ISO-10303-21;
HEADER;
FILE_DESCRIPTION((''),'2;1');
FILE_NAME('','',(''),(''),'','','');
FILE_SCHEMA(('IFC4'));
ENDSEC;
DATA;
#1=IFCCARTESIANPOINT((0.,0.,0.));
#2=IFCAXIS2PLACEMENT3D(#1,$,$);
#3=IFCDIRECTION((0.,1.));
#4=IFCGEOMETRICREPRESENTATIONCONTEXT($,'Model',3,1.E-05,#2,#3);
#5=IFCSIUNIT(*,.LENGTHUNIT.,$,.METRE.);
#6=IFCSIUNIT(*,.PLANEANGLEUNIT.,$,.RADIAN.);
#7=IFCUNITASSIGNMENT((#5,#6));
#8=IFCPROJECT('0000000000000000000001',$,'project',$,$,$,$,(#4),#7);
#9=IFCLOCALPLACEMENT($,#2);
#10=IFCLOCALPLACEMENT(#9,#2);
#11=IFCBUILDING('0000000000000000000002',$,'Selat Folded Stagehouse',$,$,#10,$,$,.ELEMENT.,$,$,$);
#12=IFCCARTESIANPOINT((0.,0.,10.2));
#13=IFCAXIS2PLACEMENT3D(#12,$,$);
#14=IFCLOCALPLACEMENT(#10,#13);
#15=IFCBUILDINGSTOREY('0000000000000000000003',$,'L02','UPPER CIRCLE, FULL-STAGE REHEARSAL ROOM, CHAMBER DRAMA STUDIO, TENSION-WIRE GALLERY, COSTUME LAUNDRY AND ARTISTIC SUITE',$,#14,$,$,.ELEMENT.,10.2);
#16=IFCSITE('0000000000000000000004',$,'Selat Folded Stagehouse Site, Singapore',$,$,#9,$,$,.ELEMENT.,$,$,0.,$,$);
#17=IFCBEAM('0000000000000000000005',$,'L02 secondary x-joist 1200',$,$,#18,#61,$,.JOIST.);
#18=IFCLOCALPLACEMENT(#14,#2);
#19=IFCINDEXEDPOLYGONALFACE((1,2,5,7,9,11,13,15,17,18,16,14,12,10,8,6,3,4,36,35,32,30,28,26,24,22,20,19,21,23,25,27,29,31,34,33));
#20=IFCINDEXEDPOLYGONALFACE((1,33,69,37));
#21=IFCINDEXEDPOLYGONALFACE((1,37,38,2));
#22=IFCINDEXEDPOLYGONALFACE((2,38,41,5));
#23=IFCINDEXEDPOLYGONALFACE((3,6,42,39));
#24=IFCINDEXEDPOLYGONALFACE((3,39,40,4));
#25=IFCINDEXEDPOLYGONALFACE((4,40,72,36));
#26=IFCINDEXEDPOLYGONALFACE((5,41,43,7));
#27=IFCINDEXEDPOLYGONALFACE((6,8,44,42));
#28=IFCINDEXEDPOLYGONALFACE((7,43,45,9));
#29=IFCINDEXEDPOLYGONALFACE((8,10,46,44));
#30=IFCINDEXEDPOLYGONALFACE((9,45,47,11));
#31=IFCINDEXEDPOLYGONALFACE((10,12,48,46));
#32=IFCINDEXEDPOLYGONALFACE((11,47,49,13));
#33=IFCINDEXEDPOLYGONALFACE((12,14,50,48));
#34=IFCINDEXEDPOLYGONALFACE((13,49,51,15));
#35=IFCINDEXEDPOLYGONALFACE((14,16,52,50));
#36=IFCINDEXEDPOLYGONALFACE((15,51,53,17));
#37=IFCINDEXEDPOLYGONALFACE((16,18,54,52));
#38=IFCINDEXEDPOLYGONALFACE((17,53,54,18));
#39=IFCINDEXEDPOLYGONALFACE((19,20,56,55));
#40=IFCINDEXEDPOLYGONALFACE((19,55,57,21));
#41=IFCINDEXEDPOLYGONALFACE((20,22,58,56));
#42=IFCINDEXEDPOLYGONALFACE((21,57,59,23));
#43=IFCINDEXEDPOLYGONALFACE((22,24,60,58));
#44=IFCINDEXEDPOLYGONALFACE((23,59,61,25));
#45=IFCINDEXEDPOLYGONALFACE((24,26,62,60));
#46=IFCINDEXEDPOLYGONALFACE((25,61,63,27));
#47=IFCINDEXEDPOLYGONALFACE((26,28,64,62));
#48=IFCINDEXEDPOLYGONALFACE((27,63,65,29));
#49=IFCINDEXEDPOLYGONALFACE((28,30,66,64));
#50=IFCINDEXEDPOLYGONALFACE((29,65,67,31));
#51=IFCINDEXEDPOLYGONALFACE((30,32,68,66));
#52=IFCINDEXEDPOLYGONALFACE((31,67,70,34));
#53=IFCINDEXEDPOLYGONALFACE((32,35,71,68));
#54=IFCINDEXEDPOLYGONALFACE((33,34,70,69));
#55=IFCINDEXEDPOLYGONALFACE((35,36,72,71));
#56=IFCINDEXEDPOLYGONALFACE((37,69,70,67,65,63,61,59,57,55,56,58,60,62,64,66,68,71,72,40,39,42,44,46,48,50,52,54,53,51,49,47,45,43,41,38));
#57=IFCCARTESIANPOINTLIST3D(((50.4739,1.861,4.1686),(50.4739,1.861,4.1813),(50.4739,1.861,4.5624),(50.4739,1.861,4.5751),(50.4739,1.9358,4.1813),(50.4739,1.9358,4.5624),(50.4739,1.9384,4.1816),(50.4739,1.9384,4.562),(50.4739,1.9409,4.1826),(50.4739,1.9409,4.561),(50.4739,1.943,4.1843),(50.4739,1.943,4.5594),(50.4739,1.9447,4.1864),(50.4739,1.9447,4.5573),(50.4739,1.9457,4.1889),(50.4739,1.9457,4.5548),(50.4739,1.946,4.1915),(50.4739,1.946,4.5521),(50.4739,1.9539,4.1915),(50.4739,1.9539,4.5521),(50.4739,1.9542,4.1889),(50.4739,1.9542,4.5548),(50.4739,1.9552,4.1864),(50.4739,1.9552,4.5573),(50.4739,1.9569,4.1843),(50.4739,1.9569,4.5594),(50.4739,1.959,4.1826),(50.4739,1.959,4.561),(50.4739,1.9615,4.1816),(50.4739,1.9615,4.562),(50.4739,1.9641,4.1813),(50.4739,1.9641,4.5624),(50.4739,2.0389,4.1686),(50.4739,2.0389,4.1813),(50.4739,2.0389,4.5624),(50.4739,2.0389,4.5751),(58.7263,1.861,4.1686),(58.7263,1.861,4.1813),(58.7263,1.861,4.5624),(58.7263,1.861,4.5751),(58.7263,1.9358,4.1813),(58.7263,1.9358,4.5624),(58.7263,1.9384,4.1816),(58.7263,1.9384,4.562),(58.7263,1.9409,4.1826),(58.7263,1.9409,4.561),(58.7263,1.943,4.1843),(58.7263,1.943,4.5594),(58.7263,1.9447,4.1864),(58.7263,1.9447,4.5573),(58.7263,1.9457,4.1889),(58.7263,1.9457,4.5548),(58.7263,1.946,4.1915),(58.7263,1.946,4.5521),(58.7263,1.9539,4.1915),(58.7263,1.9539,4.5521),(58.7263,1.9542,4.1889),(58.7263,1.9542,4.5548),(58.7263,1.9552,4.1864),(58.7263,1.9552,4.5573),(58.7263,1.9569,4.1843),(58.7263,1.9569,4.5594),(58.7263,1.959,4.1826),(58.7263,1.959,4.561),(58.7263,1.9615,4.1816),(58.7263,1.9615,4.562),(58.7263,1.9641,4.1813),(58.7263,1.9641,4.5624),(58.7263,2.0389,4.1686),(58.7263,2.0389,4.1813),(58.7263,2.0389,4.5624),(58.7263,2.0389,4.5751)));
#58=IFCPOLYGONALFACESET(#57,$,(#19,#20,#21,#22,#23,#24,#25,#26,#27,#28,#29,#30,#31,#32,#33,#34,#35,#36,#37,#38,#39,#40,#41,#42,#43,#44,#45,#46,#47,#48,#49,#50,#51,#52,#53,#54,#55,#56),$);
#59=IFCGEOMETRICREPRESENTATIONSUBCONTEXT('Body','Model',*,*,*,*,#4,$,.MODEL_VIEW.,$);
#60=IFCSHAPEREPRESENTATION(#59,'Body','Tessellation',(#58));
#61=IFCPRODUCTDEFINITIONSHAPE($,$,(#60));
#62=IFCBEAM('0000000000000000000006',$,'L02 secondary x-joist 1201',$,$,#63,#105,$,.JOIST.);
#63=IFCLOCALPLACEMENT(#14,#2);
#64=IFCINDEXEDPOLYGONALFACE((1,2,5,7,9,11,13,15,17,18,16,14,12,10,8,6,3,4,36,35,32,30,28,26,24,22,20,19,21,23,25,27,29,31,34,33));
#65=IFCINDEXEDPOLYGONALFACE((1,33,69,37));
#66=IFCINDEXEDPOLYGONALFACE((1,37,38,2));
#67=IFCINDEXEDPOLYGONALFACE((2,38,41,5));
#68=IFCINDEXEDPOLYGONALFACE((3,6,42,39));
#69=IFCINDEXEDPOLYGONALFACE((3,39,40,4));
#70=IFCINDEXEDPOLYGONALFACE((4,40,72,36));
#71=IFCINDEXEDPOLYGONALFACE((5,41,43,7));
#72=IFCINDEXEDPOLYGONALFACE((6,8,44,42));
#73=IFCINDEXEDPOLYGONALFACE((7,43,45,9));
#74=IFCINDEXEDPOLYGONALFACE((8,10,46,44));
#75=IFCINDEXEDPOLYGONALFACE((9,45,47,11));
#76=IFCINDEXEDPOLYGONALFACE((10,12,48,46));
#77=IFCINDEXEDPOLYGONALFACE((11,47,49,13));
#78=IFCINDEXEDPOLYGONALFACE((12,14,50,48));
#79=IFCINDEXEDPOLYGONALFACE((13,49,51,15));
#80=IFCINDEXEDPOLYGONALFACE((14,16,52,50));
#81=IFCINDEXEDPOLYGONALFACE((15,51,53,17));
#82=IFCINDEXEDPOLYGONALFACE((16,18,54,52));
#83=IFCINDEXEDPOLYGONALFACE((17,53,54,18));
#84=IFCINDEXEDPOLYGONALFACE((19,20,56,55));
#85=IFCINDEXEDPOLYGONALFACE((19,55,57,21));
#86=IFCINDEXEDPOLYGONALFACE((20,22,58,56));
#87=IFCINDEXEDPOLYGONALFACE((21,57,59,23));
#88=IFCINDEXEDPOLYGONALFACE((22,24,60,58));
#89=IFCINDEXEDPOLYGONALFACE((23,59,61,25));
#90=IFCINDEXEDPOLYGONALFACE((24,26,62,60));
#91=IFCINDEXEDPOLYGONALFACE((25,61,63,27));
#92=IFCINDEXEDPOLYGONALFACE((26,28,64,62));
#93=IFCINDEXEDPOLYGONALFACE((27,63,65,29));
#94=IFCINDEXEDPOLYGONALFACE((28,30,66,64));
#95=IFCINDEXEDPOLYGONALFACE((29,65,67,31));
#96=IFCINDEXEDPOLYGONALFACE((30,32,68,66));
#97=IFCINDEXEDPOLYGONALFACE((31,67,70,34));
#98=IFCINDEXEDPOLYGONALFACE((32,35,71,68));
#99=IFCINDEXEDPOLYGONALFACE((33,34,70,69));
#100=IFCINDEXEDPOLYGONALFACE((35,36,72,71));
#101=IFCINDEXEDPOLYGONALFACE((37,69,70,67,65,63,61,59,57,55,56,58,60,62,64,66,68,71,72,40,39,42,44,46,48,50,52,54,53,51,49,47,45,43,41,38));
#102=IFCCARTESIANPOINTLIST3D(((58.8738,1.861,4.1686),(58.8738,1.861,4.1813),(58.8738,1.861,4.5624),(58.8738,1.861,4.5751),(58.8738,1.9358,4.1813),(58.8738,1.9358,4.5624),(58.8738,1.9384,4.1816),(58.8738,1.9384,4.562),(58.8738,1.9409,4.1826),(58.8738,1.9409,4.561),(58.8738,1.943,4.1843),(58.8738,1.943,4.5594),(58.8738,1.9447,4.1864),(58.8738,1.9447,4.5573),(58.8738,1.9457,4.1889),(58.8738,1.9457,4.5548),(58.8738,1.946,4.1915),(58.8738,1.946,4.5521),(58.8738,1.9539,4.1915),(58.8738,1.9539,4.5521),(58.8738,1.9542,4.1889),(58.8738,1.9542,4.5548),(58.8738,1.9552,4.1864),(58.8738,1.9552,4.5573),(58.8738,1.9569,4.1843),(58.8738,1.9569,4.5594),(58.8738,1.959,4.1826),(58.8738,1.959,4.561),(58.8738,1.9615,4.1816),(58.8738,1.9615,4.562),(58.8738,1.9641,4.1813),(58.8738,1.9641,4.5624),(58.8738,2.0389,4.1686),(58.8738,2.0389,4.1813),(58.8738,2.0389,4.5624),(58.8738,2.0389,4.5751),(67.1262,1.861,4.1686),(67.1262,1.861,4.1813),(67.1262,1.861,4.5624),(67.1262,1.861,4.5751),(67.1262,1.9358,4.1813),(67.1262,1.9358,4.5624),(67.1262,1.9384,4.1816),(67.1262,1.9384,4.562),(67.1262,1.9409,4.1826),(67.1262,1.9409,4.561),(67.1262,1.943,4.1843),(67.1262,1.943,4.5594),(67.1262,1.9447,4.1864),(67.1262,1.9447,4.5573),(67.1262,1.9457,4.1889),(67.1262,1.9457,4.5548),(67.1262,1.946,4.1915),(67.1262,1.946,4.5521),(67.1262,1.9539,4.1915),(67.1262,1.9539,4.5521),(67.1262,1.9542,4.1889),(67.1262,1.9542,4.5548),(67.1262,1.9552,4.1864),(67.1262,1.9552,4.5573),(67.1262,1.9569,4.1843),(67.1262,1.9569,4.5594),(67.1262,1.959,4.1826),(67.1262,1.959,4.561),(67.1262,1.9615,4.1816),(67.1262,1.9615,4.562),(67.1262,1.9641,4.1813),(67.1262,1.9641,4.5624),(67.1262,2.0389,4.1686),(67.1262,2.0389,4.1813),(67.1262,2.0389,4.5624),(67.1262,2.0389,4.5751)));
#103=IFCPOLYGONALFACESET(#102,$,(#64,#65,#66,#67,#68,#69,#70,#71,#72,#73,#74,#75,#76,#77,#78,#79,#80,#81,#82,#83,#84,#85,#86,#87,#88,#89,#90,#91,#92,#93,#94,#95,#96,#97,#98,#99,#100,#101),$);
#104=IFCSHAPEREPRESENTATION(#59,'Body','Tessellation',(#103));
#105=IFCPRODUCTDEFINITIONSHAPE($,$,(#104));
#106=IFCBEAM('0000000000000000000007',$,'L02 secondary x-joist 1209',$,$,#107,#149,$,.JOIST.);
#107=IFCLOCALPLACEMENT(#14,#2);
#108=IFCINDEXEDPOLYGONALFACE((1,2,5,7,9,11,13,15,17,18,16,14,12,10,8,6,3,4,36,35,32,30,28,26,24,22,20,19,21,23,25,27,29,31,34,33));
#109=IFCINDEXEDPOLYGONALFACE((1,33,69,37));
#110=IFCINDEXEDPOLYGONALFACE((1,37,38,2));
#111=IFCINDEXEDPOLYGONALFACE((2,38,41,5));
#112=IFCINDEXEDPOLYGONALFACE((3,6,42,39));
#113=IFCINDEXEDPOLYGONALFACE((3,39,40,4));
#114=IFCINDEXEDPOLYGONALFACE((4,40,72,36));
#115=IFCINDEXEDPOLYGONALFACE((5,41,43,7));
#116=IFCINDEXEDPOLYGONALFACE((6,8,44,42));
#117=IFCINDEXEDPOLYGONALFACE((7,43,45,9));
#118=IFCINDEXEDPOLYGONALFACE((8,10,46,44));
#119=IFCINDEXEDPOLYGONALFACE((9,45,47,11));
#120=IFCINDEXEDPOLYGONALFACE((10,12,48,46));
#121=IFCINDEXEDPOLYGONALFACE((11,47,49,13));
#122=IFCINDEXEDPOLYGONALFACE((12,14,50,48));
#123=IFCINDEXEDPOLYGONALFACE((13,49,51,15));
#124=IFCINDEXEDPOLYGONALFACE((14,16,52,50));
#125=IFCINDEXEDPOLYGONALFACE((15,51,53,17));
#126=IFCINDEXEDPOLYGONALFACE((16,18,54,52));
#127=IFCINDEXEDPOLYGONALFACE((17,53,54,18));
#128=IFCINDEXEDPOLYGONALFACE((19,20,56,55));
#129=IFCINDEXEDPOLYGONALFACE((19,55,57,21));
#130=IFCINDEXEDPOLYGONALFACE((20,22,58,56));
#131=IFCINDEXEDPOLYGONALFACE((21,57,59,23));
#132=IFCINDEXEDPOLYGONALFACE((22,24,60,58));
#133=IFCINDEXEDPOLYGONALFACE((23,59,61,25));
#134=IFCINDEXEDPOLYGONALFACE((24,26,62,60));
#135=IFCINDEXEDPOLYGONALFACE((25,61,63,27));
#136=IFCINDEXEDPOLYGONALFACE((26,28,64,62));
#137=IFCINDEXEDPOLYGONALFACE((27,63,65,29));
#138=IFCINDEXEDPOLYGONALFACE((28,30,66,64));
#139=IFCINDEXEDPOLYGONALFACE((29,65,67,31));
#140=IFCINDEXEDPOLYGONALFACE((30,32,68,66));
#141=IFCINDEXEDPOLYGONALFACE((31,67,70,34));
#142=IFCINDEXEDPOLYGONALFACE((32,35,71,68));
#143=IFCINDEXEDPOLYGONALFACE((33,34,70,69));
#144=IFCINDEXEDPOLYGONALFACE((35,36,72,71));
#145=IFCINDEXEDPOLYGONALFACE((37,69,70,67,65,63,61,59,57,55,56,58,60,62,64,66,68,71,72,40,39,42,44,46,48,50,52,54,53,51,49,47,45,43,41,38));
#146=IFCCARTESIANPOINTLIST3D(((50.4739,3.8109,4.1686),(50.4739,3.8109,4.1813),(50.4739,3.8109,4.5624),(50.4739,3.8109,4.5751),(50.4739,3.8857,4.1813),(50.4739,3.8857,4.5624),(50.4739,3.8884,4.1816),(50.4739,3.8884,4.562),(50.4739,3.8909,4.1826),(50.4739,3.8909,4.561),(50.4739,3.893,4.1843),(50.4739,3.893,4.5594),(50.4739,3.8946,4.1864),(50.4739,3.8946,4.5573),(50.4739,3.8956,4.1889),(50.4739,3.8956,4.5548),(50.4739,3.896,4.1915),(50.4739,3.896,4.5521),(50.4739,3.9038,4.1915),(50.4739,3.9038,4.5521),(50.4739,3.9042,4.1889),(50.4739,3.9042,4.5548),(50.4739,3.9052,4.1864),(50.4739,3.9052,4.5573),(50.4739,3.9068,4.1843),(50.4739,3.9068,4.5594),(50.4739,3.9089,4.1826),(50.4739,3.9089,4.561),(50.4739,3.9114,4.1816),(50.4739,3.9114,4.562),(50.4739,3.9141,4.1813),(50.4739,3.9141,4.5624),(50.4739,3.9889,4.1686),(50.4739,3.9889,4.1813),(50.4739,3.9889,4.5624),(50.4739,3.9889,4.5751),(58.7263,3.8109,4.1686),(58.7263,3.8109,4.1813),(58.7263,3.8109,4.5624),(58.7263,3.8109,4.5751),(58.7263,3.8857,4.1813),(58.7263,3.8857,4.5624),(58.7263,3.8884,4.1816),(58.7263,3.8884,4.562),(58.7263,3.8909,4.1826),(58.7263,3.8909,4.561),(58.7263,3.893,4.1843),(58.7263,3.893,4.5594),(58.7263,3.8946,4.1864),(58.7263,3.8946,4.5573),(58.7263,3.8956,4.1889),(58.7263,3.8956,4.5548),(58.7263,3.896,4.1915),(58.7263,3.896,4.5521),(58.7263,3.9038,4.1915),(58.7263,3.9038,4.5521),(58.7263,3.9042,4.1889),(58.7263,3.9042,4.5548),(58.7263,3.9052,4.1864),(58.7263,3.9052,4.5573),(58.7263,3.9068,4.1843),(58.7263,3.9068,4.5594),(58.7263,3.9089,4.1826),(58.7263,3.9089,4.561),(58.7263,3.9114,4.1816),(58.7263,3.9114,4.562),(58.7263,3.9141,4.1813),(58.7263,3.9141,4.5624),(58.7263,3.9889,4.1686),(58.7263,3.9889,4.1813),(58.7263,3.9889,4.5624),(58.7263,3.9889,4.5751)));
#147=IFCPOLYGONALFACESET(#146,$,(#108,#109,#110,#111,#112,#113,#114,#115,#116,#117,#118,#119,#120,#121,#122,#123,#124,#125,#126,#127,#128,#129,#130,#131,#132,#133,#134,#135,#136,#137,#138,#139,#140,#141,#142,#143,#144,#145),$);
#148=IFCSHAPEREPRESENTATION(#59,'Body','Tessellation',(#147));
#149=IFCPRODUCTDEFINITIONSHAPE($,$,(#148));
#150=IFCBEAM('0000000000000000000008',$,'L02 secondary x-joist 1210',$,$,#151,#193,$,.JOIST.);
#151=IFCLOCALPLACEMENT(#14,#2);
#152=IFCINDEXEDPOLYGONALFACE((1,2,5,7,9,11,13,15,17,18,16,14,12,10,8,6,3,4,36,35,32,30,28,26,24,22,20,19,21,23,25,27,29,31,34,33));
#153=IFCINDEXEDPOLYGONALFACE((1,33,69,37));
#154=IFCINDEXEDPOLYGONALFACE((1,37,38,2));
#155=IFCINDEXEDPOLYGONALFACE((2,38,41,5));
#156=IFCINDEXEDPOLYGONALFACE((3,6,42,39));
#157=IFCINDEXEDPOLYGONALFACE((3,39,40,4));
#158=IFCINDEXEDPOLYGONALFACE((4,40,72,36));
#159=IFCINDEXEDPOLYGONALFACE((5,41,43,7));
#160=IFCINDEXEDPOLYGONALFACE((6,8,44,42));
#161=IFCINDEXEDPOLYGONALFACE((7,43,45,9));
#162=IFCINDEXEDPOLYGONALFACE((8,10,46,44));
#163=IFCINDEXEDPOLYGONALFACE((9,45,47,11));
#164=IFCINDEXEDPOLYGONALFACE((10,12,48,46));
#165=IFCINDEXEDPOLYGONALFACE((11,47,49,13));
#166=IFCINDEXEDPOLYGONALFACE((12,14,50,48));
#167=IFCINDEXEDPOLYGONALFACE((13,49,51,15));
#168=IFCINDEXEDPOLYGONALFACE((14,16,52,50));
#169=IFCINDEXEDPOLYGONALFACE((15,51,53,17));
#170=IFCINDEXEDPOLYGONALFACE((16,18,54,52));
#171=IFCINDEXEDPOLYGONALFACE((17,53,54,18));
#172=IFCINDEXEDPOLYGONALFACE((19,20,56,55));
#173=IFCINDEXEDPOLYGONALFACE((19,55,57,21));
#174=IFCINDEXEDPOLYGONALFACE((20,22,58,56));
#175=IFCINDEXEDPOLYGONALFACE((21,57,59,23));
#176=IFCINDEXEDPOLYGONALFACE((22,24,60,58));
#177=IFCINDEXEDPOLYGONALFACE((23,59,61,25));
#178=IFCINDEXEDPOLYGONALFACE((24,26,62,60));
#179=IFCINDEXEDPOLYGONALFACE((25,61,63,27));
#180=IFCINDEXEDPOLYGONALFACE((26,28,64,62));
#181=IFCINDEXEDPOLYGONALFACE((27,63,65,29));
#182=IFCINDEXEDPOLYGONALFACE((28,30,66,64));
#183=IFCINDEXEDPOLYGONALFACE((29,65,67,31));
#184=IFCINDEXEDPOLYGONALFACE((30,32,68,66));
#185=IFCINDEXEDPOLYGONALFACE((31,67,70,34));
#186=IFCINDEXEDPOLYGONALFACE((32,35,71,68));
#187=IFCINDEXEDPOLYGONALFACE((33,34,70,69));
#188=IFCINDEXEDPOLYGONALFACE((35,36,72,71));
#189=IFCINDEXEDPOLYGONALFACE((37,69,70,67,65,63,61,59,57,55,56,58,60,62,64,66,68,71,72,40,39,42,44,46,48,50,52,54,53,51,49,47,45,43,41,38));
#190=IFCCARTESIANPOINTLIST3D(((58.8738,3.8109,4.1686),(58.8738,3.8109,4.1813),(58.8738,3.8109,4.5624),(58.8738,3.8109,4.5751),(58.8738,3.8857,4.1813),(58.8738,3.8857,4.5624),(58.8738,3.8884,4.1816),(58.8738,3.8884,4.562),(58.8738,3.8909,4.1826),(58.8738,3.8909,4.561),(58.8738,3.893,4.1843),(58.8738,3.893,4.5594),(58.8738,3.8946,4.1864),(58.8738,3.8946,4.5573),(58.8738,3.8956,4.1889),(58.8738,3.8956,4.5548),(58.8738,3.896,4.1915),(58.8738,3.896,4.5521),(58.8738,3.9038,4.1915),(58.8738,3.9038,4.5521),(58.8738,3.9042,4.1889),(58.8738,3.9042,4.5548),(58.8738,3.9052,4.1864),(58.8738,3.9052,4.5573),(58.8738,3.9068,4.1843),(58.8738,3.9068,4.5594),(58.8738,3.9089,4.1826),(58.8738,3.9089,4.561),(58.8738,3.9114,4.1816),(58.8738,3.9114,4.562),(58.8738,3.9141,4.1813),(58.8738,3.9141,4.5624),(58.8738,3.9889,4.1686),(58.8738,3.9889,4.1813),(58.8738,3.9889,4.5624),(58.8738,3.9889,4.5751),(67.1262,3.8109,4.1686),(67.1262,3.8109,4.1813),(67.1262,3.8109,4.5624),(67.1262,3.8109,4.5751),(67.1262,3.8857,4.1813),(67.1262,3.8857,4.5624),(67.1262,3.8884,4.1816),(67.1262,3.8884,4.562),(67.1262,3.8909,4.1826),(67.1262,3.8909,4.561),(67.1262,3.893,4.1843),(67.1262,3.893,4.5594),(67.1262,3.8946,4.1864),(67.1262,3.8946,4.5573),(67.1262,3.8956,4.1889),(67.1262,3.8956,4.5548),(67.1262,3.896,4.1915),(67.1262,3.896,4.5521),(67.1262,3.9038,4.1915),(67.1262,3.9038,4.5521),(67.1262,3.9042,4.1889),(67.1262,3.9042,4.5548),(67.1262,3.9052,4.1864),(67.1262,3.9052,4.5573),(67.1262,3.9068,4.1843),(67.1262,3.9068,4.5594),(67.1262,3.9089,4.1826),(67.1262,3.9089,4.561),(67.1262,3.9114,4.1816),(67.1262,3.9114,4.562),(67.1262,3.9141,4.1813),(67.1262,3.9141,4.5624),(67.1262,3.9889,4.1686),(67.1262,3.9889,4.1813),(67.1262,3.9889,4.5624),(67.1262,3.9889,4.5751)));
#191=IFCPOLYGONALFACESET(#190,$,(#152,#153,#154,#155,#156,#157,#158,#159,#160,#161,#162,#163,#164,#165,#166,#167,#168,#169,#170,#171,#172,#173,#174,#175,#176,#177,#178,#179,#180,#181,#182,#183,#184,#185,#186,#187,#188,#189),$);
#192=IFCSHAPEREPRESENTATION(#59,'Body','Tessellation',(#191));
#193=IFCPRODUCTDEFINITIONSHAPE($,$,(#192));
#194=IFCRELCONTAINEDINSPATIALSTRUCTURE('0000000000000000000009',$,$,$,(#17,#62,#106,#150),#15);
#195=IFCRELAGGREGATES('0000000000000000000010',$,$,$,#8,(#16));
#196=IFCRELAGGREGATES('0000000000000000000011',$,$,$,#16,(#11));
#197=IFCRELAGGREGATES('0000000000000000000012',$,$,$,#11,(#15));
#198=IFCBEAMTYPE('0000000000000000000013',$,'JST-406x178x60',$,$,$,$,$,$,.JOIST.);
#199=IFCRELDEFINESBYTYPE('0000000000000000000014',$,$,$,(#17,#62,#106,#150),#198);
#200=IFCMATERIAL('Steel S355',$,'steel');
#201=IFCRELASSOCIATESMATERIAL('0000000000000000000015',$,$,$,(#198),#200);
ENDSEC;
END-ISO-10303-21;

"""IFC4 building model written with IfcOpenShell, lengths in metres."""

from ifc_helpers import new_model, si_unit, direction, frame, origin, origin_2d, place, context, subcontext, project, spatial, i_section, extrude, material, material_profile, profile_set, type_object, element, save


model = new_model("IFC4")

# Units and contexts
model_context = context("Model", 3, precision=1e-05, world=origin(), true_north=direction((0.0, 1.0)))
body_context = subcontext(model_context, "Body", "Model", "MODEL_VIEW")
ifc_project = project(units=[si_unit("LENGTHUNIT", "METRE"), si_unit("PLANEANGLEUNIT", "RADIAN")], contexts=[model_context])

# Site, building, storey
site_placement = place(None, origin())
site = spatial("IfcSite", under=ifc_project, at=site_placement, Name="Selat Folded Stagehouse Site, Singapore", CompositionType="ELEMENT", RefElevation=0.0)
building_placement = place(site_placement, origin())
building = spatial("IfcBuilding", under=site, at=building_placement, Name="Selat Folded Stagehouse", CompositionType="ELEMENT")
storey_placement = place(building_placement, frame((0.0, 0.0, 10.2)))
storey = spatial("IfcBuildingStorey", under=building, at=storey_placement, Name="L02", Description="UPPER CIRCLE, FULL-STAGE REHEARSAL ROOM, CHAMBER DRAMA STUDIO, TENSION-WIRE GALLERY, COSTUME LAUNDRY AND ARTISTIC SUITE", CompositionType="ELEMENT", Elevation=10.2)

# Shared definitions
ifc_material_1 = material(Name="Steel S355", Category="steel")

# Beams
ifc_material_profile_1 = material_profile(ifc_material_1, i_section(OverallWidth=0.178, OverallDepth=0.4065, WebThickness=0.0078, FlangeThickness=0.0127, FilletRadius=0.0103, at=origin_2d()), Name="UKB 406x178x60")
ifc_profile_set_1 = profile_set([ifc_material_profile_1], Name="Steel S355")
beam_type_1 = type_object("IfcBeamType", Name="JST-406x178x60", PredefinedType="JOIST", material=ifc_profile_set_1)
for number, where, z_axis, x_axis, name in (
    (1, (50.4739, 1.95, 4.3718), (1.0, 0.0, 0.0), (0.0, 1.0, 0.0), "L02 secondary x-joist 1200"),
    (2, (58.8738, 1.95, 4.3718), (1.0, 0.0, 0.0), (0.0, 1.0, 0.0), "L02 secondary x-joist 1201"),
    (3, (50.4739, 3.8999, 4.3718), (1.0, 0.0, 0.0), (0.0, 1.0, 0.0), "L02 secondary x-joist 1209"),
    (4, (58.8738, 3.8999, 4.3718), (1.0, 0.0, 0.0), (0.0, 1.0, 0.0), "L02 secondary x-joist 1210"),
):
    element("IfcBeam", number, at=place(storey_placement, frame(where, z_axis=z_axis, x_axis=x_axis)), inside=storey, type_object=beam_type_1, Name=name, PredefinedType="JOIST", context=body_context, shape_type="SweptSolid", body=[
        extrude(i_section(OverallWidth=0.178, OverallDepth=0.4065, WebThickness=0.0078, FlangeThickness=0.0127, FilletRadius=0.0103, at=origin_2d()), origin(), (0.0, 0.0, 1.0), 8.2524),
    ])

save(model, "model.ifc")
